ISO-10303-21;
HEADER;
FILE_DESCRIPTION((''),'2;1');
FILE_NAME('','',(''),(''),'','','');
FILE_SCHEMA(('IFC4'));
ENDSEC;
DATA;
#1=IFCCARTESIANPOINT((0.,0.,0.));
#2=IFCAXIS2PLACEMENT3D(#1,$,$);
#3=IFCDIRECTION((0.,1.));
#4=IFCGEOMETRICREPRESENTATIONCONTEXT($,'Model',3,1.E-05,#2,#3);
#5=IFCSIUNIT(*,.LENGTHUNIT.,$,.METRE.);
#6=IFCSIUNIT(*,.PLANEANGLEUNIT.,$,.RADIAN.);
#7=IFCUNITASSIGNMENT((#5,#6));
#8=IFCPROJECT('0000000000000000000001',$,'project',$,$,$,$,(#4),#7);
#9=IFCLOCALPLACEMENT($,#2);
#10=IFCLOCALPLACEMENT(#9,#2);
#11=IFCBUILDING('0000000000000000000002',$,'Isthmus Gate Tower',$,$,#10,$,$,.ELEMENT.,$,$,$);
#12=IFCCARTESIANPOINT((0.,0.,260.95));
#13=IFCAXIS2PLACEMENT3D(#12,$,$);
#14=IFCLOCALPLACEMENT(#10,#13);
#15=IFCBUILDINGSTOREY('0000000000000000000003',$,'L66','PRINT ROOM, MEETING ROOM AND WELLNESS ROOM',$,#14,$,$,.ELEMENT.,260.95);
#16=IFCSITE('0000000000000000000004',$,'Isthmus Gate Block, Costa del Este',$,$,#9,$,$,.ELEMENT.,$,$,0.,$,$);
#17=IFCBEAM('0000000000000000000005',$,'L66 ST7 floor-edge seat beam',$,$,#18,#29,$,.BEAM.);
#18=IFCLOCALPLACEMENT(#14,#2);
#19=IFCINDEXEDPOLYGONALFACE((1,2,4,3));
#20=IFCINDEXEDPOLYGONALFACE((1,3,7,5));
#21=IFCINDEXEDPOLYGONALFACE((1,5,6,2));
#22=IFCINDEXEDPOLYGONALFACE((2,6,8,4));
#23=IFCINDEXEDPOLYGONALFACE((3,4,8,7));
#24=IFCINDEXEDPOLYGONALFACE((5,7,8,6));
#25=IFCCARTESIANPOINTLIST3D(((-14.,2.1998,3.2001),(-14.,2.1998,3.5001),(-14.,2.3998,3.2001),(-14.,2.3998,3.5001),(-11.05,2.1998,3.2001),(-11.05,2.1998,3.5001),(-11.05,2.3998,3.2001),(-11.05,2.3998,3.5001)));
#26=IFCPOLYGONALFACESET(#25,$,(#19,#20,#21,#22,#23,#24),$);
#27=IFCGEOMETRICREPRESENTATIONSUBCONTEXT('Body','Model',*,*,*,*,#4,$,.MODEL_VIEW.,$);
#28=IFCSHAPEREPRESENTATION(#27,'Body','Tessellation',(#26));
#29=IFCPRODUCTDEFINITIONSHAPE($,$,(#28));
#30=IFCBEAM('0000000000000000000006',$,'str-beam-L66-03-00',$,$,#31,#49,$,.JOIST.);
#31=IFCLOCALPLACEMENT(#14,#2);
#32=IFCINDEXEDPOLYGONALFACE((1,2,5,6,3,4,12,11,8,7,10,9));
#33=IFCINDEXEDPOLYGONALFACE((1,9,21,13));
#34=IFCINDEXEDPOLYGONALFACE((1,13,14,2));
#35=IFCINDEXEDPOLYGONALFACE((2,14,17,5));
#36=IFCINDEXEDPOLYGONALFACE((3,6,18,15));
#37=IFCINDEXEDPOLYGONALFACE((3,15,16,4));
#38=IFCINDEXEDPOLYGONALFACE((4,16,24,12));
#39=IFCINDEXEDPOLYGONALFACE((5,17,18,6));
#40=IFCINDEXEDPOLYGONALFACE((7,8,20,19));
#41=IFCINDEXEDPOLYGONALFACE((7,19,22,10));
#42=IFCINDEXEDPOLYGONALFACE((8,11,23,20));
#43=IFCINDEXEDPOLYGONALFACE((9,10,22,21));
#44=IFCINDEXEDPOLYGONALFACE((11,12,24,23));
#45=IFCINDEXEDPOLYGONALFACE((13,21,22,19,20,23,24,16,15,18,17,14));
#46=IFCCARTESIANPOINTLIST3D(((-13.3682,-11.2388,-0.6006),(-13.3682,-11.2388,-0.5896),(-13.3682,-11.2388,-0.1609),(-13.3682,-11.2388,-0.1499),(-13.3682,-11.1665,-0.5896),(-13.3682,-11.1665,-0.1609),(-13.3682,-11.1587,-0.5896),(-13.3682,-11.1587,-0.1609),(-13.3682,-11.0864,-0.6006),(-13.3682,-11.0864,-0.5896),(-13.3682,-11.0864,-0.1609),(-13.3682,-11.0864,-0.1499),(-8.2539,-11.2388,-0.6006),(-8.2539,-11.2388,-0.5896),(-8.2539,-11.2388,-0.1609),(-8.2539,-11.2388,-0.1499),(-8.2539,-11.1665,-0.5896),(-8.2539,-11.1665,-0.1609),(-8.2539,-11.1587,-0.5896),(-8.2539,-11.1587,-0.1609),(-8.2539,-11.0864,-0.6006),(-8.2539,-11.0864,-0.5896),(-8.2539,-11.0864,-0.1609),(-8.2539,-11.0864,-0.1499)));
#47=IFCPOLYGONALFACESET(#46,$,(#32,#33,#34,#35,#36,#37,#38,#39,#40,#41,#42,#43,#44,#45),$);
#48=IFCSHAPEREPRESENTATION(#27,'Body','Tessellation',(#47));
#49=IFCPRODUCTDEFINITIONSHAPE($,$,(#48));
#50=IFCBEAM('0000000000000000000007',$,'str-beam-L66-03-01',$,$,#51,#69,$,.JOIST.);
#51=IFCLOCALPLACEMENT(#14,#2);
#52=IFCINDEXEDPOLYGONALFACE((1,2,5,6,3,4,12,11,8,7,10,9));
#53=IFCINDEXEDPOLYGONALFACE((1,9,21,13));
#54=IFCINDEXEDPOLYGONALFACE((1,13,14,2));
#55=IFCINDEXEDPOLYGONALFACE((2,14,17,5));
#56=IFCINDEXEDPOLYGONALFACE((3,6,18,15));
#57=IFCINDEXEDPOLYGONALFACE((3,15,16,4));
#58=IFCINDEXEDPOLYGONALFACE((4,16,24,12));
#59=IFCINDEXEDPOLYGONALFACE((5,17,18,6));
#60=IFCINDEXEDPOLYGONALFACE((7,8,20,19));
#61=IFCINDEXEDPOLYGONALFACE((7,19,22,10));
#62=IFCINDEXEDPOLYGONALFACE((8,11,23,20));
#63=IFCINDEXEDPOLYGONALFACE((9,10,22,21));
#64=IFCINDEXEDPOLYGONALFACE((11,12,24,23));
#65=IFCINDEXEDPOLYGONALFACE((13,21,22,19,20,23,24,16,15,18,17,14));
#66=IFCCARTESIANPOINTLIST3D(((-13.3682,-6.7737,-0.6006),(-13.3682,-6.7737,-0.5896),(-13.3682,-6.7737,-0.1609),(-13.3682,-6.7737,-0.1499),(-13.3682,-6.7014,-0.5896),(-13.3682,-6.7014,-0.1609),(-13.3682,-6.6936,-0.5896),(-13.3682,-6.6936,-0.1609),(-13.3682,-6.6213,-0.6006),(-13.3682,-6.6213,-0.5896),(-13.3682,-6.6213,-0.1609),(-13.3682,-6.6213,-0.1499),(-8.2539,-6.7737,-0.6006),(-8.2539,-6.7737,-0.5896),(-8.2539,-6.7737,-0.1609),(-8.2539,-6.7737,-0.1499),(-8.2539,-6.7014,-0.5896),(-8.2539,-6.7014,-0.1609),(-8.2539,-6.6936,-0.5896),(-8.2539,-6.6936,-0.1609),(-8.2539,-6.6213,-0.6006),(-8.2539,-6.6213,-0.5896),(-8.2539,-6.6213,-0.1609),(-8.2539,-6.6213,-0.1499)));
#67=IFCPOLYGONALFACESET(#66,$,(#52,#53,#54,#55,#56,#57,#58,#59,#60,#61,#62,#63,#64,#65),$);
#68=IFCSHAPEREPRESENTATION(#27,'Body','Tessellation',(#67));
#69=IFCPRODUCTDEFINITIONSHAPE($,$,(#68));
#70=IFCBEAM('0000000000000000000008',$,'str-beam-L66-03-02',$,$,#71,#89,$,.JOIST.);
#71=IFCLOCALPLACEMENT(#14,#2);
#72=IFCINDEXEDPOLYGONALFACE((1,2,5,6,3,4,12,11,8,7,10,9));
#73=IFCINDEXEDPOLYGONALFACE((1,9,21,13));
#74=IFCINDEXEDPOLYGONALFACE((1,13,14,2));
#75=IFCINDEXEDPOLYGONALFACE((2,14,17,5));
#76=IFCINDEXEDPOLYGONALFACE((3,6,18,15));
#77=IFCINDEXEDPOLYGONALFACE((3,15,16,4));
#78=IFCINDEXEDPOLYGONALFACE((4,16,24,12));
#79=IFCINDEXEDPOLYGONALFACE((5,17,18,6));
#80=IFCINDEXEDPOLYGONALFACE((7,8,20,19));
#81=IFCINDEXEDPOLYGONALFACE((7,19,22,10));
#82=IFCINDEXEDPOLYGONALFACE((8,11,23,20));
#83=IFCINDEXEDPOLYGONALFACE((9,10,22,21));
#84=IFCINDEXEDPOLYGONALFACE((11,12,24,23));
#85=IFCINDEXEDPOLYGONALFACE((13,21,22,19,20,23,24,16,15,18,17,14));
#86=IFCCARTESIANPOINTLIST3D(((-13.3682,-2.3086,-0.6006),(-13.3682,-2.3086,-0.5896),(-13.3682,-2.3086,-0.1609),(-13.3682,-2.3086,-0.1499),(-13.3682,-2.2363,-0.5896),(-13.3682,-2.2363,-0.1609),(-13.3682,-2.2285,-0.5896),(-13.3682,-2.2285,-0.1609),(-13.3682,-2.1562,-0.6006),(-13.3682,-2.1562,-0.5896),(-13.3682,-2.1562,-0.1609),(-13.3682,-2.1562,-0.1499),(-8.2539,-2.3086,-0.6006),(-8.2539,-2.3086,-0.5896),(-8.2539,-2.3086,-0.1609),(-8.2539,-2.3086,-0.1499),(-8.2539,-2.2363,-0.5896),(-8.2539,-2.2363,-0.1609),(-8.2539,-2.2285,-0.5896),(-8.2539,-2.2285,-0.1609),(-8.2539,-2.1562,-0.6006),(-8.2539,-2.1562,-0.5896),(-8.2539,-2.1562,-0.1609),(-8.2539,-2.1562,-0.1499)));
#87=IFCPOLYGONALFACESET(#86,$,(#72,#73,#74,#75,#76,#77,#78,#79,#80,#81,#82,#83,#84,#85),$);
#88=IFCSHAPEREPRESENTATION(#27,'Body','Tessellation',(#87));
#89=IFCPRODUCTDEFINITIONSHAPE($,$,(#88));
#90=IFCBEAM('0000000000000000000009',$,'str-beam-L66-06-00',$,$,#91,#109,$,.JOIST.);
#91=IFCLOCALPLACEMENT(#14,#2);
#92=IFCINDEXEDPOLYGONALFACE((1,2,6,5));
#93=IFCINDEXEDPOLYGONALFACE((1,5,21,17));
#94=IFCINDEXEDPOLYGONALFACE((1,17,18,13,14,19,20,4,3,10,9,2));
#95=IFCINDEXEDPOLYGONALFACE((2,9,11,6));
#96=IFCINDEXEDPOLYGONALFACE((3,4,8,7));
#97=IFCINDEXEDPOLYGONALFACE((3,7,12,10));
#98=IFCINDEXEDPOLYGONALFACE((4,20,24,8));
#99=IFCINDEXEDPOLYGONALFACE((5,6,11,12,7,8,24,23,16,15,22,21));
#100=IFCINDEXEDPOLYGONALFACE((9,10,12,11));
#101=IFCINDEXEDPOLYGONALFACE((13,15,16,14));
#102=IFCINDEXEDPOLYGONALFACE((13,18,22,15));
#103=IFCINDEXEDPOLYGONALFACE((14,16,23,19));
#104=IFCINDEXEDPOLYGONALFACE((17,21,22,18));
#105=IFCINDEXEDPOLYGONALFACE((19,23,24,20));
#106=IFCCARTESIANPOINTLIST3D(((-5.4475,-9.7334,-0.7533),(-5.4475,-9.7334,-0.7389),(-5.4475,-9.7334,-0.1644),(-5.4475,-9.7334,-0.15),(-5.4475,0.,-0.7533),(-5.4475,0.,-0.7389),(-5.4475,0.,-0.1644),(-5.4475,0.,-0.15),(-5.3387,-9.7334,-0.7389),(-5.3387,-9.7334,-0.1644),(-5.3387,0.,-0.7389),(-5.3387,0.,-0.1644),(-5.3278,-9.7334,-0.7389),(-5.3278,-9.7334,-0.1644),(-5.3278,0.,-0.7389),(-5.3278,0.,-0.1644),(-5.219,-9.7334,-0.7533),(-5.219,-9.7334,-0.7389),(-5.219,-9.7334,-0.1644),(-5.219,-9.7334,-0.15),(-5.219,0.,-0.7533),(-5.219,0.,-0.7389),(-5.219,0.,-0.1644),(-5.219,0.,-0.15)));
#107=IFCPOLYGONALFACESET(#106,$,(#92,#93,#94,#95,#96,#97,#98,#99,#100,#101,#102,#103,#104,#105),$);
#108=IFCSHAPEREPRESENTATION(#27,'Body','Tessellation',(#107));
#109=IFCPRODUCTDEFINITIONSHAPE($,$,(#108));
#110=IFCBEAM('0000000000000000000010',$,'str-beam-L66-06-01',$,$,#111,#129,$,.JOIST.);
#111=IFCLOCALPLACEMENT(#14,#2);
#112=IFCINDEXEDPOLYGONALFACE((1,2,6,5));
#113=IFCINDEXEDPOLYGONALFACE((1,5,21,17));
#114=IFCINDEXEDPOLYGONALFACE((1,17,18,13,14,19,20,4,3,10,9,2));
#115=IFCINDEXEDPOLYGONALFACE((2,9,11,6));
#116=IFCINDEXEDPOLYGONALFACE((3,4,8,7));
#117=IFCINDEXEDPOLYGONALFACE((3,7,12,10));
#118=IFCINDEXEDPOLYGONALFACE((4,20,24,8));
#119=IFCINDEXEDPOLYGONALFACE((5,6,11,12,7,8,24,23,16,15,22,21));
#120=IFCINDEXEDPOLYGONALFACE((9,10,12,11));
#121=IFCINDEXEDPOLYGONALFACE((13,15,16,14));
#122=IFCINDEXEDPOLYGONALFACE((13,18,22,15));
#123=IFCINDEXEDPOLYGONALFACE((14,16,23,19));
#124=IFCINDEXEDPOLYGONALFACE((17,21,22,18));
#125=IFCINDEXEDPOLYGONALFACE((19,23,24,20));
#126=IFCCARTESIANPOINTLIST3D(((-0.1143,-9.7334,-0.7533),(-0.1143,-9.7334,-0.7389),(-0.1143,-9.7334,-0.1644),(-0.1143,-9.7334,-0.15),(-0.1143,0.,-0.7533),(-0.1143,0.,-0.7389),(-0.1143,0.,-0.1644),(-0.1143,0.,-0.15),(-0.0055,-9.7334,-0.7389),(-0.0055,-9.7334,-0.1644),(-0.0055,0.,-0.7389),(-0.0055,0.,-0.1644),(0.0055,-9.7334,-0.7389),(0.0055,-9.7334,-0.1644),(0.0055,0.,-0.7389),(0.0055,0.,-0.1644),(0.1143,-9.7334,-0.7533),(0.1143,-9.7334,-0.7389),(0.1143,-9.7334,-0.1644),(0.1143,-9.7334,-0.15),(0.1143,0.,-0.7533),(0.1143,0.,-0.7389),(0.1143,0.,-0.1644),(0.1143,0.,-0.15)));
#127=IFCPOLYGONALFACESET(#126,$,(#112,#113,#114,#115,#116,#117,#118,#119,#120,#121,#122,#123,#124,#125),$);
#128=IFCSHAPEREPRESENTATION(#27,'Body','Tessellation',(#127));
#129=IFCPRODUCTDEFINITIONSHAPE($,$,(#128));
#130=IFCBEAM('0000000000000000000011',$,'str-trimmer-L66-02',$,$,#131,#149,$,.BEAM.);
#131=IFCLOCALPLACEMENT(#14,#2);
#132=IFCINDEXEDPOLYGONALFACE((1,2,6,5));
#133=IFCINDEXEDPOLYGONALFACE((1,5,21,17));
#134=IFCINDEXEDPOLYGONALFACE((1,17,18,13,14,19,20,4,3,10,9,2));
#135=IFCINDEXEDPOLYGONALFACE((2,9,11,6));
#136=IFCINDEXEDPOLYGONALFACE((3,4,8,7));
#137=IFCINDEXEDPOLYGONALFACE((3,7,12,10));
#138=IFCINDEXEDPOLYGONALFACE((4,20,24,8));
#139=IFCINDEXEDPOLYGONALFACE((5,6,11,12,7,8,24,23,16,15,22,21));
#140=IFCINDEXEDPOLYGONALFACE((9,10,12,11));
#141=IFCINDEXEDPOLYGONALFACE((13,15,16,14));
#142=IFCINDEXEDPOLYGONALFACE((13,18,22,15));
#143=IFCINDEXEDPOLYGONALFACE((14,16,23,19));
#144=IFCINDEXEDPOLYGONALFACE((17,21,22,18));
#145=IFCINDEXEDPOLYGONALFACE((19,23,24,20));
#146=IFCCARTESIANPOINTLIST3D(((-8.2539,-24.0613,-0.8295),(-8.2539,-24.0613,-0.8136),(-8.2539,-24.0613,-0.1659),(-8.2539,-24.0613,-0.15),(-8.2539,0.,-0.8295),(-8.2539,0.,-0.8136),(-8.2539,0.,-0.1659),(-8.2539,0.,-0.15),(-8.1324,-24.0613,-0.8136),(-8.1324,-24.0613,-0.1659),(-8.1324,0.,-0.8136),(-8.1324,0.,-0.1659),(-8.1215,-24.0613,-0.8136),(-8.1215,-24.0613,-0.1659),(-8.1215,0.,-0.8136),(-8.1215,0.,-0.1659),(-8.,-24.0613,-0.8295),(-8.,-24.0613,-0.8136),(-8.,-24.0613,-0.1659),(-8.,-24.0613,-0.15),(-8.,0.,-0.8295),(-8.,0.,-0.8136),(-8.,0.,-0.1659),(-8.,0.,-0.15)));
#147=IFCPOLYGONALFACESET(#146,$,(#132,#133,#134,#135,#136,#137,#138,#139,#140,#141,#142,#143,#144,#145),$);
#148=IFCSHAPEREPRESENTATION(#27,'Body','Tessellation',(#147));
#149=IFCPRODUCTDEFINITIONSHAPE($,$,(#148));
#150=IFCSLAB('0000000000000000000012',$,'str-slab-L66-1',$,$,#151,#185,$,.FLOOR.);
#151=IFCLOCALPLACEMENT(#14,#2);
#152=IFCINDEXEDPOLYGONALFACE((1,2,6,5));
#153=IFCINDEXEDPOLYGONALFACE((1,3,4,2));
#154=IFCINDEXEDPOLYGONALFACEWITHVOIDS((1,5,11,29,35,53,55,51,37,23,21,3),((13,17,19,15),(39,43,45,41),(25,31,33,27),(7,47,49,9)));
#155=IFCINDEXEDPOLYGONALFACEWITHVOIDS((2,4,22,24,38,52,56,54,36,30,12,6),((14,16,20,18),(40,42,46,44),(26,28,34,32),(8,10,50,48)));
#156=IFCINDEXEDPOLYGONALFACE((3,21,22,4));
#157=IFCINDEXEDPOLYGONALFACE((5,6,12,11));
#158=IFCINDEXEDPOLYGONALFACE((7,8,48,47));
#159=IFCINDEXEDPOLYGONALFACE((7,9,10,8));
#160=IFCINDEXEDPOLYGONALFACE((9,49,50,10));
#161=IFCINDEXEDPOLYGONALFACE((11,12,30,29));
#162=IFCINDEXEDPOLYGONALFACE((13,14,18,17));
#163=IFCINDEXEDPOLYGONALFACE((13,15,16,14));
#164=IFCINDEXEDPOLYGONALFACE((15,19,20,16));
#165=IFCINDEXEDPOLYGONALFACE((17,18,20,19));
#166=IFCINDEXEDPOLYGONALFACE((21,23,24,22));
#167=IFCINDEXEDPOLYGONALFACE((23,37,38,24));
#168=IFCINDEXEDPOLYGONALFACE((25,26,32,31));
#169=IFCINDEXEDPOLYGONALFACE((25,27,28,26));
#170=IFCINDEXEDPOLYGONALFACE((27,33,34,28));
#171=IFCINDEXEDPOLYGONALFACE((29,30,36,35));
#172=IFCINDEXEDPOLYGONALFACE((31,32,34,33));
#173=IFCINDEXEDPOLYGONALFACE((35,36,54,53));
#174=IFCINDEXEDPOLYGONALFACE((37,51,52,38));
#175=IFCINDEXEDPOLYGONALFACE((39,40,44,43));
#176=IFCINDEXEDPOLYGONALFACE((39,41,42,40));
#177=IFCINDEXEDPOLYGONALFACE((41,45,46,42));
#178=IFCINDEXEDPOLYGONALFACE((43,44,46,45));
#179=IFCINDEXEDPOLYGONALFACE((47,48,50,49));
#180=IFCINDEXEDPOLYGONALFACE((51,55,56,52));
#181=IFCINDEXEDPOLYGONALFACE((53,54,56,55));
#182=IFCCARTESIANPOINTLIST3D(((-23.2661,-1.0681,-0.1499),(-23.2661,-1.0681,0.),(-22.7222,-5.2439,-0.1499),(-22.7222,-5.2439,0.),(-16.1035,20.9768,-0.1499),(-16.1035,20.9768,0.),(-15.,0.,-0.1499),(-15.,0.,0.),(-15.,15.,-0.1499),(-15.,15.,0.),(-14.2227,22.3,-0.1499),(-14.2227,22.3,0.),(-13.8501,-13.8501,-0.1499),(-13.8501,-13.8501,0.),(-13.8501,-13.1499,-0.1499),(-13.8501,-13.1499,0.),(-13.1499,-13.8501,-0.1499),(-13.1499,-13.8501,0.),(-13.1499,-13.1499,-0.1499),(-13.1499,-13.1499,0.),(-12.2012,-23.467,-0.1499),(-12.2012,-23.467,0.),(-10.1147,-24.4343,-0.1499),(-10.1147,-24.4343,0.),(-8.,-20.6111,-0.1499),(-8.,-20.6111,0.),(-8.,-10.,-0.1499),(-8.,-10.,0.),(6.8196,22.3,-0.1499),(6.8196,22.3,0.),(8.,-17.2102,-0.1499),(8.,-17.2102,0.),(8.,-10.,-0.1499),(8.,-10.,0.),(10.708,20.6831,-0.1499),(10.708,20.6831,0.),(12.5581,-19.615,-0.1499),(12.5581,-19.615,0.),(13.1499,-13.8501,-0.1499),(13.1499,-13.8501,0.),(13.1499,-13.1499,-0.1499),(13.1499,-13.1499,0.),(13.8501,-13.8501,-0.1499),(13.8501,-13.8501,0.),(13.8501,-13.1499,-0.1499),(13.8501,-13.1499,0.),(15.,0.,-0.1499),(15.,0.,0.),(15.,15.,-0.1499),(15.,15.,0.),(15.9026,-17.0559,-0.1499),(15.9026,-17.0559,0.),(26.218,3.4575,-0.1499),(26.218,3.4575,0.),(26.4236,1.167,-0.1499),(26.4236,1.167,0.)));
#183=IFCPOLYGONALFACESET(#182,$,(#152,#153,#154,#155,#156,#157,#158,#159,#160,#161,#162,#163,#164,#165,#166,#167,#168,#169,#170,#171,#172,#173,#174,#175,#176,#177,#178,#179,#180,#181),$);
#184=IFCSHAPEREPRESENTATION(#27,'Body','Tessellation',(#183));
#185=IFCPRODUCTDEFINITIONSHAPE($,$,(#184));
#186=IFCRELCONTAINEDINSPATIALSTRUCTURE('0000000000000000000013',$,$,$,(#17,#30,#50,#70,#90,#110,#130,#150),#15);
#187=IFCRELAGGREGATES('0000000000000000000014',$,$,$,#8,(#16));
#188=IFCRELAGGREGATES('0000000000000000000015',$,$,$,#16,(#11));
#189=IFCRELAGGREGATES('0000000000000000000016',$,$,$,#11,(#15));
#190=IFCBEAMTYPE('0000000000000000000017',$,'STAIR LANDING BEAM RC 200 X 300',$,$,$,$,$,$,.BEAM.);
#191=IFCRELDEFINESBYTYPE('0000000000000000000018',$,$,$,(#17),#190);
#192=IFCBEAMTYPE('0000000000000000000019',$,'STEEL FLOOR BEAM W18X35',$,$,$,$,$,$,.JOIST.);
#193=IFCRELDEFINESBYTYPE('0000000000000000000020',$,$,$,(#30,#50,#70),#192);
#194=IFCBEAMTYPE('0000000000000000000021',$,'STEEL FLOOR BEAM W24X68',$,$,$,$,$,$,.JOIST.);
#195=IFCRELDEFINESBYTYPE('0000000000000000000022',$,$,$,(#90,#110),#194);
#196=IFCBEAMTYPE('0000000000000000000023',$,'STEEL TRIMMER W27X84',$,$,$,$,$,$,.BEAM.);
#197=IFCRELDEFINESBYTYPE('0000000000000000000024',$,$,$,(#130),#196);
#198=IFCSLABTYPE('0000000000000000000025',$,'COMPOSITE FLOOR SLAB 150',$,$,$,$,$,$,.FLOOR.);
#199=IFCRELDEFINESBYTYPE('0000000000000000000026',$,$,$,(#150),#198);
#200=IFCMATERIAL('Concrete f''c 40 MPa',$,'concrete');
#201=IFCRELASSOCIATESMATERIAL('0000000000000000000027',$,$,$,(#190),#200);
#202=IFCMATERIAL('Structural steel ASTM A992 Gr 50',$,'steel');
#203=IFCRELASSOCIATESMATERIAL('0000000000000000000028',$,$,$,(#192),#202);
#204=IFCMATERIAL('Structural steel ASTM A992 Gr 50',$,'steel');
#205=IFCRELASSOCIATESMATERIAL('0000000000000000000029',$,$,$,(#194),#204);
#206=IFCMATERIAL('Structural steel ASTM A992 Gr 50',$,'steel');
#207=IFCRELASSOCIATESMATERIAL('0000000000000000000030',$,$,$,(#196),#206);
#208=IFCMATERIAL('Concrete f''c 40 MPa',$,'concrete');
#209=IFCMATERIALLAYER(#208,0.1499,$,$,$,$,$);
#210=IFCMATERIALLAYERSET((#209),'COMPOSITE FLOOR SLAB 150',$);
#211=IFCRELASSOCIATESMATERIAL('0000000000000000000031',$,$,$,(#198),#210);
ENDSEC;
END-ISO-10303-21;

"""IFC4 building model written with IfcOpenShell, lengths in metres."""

from ifc_helpers import new_model, si_unit, direction, frame, origin, origin_2d, place, context, subcontext, project, spatial, polyline, rectangle, i_section, outline, extrude, material, layer, layer_set, material_profile, profile_set, type_object, element, save


model = new_model("IFC4")

# Units and contexts
model_context = context("Model", 3, precision=1e-05, world=origin(), true_north=direction((0.0, 1.0)))
body_context = subcontext(model_context, "Body", "Model", "MODEL_VIEW")
ifc_project = project(units=[si_unit("LENGTHUNIT", "METRE"), si_unit("PLANEANGLEUNIT", "RADIAN")], contexts=[model_context])

# Site, building, storey
site_placement = place(None, origin())
site = spatial("IfcSite", under=ifc_project, at=site_placement, Name="Isthmus Gate Block, Costa del Este", CompositionType="ELEMENT", RefElevation=0.0)
building_placement = place(site_placement, origin())
building = spatial("IfcBuilding", under=site, at=building_placement, Name="Isthmus Gate Tower", CompositionType="ELEMENT")
storey_placement = place(building_placement, frame((0.0, 0.0, 260.95)))
storey = spatial("IfcBuildingStorey", under=building, at=storey_placement, Name="L66", Description="PRINT ROOM, MEETING ROOM AND WELLNESS ROOM", CompositionType="ELEMENT", Elevation=260.95)

# Beams
ifc_material_1 = material(Name="Concrete f'c 40 MPa", Category="concrete")
ifc_material_profile_1 = material_profile(ifc_material_1, rectangle(XDim=0.2, YDim=0.3, at=origin_2d()), Name="STAIR LANDING BEAM RC 200 X 300")
ifc_profile_set_1 = profile_set([ifc_material_profile_1], Name="Concrete f'c 40 MPa")
beam_type_1 = type_object("IfcBeamType", Name="STAIR LANDING BEAM RC 200 X 300", PredefinedType="BEAM", material=ifc_profile_set_1)
beam_1_placement = place(storey_placement, frame((-14.0, 2.2998, 3.3501), z_axis=(1.0, 0.0, 0.0), x_axis=(0.0, 1.0, 0.0)))
element("IfcBeam", 1, at=beam_1_placement, inside=storey, type_object=beam_type_1, Name="L66 ST7 floor-edge seat beam", PredefinedType="BEAM", context=body_context, shape_type="SweptSolid", body=[
    extrude(rectangle(XDim=0.2, YDim=0.3, at=origin_2d()), origin(), (0.0, 0.0, 1.0), 2.95),
])
ifc_material_2 = material(Name="Structural steel ASTM A992 Gr 50", Category="steel")
ifc_material_profile_2 = material_profile(ifc_material_2, i_section(OverallWidth=0.1523, OverallDepth=0.4507, WebThickness=0.0078, FlangeThickness=0.011, at=origin_2d()), Name="W18X35")
ifc_profile_set_2 = profile_set([ifc_material_profile_2], Name="Structural steel ASTM A992 Gr 50")
beam_type_2 = type_object("IfcBeamType", Name="STEEL FLOOR BEAM W18X35", PredefinedType="JOIST", material=ifc_profile_set_2)
for number, where, z_axis, x_axis, name in (
    (2, (-13.3682, -11.1626, -0.3752), (1.0, 0.0, 0.0), (0.0, 1.0, 0.0), "str-beam-L66-03-00"),
    (3, (-13.3682, -6.6975, -0.3752), (1.0, 0.0, 0.0), (0.0, 1.0, 0.0), "str-beam-L66-03-01"),
    (4, (-13.3682, -2.2324, -0.3752), (1.0, 0.0, 0.0), (0.0, 1.0, 0.0), "str-beam-L66-03-02"),
):
    element("IfcBeam", number, at=place(storey_placement, frame(where, z_axis=z_axis, x_axis=x_axis)), inside=storey, type_object=beam_type_2, Name=name, PredefinedType="JOIST", context=body_context, shape_type="SweptSolid", body=[
        extrude(i_section(OverallWidth=0.1523, OverallDepth=0.4507, WebThickness=0.0078, FlangeThickness=0.011, at=origin_2d()), origin(), (0.0, 0.0, 1.0), 5.1143),
    ])
ifc_material_3 = material(Name="Structural steel ASTM A992 Gr 50", Category="steel")
ifc_material_profile_3 = material_profile(ifc_material_3, i_section(OverallWidth=0.2285, OverallDepth=0.6033, WebThickness=0.011, FlangeThickness=0.0144, at=origin_2d()), Name="W24X68")
ifc_profile_set_3 = profile_set([ifc_material_profile_3], Name="Structural steel ASTM A992 Gr 50")
beam_type_3 = type_object("IfcBeamType", Name="STEEL FLOOR BEAM W24X68", PredefinedType="JOIST", material=ifc_profile_set_3)
for number, where, z_axis, x_axis, name in (
    (5, (-5.3333, -9.7334, -0.4517), (0.0, 1.0, 0.0), (-1.0, 0.0, 0.0), "str-beam-L66-06-00"),
    (6, (0.0, -9.7334, -0.4517), (0.0, 1.0, 0.0), (-1.0, 0.0, 0.0), "str-beam-L66-06-01"),
):
    element("IfcBeam", number, at=place(storey_placement, frame(where, z_axis=z_axis, x_axis=x_axis)), inside=storey, type_object=beam_type_3, Name=name, PredefinedType="JOIST", context=body_context, shape_type="SweptSolid", body=[
        extrude(i_section(OverallWidth=0.2285, OverallDepth=0.6033, WebThickness=0.011, FlangeThickness=0.0144, at=origin_2d()), origin(), (0.0, 0.0, 1.0), 9.7334),
    ])
ifc_material_4 = material(Name="Structural steel ASTM A992 Gr 50", Category="steel")
ifc_material_profile_4 = material_profile(ifc_material_4, i_section(OverallWidth=0.2539, OverallDepth=0.6794, WebThickness=0.011, FlangeThickness=0.0159, at=origin_2d()), Name="W27X84")
ifc_profile_set_4 = profile_set([ifc_material_profile_4], Name="Structural steel ASTM A992 Gr 50")
beam_type_4 = type_object("IfcBeamType", Name="STEEL TRIMMER W27X84", PredefinedType="BEAM", material=ifc_profile_set_4)
beam_2_placement = place(storey_placement, frame((-8.127, 0.0, -0.4897), z_axis=(0.0, -1.0, 0.0), x_axis=(1.0, 0.0, 0.0)))
element("IfcBeam", 7, at=beam_2_placement, inside=storey, type_object=beam_type_4, Name="str-trimmer-L66-02", PredefinedType="BEAM", context=body_context, shape_type="SweptSolid", body=[
    extrude(i_section(OverallWidth=0.2539, OverallDepth=0.6794, WebThickness=0.011, FlangeThickness=0.0159, at=origin_2d()), origin(), (0.0, 0.0, 1.0), 24.0613),
])

# Slab
ifc_material_5 = material(Name="Concrete f'c 40 MPa", Category="concrete")
ifc_layer_1 = layer(ifc_material_5, 0.1499)
ifc_layer_set_1 = layer_set([ifc_layer_1], Name="COMPOSITE FLOOR SLAB 150")
slab_type_1 = type_object("IfcSlabType", Name="COMPOSITE FLOOR SLAB 150", PredefinedType="FLOOR", material=ifc_layer_set_1)
slab_1_placement = place(storey_placement, frame((0.0, 0.0, -0.1499)))
element("IfcSlab", 8, at=slab_1_placement, inside=storey, type_object=slab_type_1, Name="str-slab-L66-1", PredefinedType="FLOOR", context=body_context, shape_type="SweptSolid", body=[
    extrude(outline(polyline([(10.708, 20.6831), (26.218, 3.4575), (26.4236, 1.167), (15.9026, -17.0559), (12.5581, -19.615), (-10.1147, -24.4343), (-12.2012, -23.467), (-22.7222, -5.2439), (-23.2661, -1.0681), (-16.1035, 20.9768), (-14.2227, 22.3), (6.8196, 22.3), (10.708, 20.6831)]), holes=[polyline([(-8.0, -10.0), (-8.0, -20.6111), (8.0, -17.2102), (8.0, -10.0), (-8.0, -10.0)]), polyline([(-13.8501, -13.1499), (-13.8501, -13.8501), (-13.1499, -13.8501), (-13.1499, -13.1499), (-13.8501, -13.1499)]), polyline([(13.1499, -13.1499), (13.1499, -13.8501), (13.8501, -13.8501), (13.8501, -13.1499), (13.1499, -13.1499)]), polyline([(-15.0, 0.0), (15.0, 0.0), (15.0, 15.0), (-15.0, 15.0), (-15.0, 0.0)])]), origin(), (0.0, 0.0, 1.0), 0.1499),
])

save(model, "model.ifc")
